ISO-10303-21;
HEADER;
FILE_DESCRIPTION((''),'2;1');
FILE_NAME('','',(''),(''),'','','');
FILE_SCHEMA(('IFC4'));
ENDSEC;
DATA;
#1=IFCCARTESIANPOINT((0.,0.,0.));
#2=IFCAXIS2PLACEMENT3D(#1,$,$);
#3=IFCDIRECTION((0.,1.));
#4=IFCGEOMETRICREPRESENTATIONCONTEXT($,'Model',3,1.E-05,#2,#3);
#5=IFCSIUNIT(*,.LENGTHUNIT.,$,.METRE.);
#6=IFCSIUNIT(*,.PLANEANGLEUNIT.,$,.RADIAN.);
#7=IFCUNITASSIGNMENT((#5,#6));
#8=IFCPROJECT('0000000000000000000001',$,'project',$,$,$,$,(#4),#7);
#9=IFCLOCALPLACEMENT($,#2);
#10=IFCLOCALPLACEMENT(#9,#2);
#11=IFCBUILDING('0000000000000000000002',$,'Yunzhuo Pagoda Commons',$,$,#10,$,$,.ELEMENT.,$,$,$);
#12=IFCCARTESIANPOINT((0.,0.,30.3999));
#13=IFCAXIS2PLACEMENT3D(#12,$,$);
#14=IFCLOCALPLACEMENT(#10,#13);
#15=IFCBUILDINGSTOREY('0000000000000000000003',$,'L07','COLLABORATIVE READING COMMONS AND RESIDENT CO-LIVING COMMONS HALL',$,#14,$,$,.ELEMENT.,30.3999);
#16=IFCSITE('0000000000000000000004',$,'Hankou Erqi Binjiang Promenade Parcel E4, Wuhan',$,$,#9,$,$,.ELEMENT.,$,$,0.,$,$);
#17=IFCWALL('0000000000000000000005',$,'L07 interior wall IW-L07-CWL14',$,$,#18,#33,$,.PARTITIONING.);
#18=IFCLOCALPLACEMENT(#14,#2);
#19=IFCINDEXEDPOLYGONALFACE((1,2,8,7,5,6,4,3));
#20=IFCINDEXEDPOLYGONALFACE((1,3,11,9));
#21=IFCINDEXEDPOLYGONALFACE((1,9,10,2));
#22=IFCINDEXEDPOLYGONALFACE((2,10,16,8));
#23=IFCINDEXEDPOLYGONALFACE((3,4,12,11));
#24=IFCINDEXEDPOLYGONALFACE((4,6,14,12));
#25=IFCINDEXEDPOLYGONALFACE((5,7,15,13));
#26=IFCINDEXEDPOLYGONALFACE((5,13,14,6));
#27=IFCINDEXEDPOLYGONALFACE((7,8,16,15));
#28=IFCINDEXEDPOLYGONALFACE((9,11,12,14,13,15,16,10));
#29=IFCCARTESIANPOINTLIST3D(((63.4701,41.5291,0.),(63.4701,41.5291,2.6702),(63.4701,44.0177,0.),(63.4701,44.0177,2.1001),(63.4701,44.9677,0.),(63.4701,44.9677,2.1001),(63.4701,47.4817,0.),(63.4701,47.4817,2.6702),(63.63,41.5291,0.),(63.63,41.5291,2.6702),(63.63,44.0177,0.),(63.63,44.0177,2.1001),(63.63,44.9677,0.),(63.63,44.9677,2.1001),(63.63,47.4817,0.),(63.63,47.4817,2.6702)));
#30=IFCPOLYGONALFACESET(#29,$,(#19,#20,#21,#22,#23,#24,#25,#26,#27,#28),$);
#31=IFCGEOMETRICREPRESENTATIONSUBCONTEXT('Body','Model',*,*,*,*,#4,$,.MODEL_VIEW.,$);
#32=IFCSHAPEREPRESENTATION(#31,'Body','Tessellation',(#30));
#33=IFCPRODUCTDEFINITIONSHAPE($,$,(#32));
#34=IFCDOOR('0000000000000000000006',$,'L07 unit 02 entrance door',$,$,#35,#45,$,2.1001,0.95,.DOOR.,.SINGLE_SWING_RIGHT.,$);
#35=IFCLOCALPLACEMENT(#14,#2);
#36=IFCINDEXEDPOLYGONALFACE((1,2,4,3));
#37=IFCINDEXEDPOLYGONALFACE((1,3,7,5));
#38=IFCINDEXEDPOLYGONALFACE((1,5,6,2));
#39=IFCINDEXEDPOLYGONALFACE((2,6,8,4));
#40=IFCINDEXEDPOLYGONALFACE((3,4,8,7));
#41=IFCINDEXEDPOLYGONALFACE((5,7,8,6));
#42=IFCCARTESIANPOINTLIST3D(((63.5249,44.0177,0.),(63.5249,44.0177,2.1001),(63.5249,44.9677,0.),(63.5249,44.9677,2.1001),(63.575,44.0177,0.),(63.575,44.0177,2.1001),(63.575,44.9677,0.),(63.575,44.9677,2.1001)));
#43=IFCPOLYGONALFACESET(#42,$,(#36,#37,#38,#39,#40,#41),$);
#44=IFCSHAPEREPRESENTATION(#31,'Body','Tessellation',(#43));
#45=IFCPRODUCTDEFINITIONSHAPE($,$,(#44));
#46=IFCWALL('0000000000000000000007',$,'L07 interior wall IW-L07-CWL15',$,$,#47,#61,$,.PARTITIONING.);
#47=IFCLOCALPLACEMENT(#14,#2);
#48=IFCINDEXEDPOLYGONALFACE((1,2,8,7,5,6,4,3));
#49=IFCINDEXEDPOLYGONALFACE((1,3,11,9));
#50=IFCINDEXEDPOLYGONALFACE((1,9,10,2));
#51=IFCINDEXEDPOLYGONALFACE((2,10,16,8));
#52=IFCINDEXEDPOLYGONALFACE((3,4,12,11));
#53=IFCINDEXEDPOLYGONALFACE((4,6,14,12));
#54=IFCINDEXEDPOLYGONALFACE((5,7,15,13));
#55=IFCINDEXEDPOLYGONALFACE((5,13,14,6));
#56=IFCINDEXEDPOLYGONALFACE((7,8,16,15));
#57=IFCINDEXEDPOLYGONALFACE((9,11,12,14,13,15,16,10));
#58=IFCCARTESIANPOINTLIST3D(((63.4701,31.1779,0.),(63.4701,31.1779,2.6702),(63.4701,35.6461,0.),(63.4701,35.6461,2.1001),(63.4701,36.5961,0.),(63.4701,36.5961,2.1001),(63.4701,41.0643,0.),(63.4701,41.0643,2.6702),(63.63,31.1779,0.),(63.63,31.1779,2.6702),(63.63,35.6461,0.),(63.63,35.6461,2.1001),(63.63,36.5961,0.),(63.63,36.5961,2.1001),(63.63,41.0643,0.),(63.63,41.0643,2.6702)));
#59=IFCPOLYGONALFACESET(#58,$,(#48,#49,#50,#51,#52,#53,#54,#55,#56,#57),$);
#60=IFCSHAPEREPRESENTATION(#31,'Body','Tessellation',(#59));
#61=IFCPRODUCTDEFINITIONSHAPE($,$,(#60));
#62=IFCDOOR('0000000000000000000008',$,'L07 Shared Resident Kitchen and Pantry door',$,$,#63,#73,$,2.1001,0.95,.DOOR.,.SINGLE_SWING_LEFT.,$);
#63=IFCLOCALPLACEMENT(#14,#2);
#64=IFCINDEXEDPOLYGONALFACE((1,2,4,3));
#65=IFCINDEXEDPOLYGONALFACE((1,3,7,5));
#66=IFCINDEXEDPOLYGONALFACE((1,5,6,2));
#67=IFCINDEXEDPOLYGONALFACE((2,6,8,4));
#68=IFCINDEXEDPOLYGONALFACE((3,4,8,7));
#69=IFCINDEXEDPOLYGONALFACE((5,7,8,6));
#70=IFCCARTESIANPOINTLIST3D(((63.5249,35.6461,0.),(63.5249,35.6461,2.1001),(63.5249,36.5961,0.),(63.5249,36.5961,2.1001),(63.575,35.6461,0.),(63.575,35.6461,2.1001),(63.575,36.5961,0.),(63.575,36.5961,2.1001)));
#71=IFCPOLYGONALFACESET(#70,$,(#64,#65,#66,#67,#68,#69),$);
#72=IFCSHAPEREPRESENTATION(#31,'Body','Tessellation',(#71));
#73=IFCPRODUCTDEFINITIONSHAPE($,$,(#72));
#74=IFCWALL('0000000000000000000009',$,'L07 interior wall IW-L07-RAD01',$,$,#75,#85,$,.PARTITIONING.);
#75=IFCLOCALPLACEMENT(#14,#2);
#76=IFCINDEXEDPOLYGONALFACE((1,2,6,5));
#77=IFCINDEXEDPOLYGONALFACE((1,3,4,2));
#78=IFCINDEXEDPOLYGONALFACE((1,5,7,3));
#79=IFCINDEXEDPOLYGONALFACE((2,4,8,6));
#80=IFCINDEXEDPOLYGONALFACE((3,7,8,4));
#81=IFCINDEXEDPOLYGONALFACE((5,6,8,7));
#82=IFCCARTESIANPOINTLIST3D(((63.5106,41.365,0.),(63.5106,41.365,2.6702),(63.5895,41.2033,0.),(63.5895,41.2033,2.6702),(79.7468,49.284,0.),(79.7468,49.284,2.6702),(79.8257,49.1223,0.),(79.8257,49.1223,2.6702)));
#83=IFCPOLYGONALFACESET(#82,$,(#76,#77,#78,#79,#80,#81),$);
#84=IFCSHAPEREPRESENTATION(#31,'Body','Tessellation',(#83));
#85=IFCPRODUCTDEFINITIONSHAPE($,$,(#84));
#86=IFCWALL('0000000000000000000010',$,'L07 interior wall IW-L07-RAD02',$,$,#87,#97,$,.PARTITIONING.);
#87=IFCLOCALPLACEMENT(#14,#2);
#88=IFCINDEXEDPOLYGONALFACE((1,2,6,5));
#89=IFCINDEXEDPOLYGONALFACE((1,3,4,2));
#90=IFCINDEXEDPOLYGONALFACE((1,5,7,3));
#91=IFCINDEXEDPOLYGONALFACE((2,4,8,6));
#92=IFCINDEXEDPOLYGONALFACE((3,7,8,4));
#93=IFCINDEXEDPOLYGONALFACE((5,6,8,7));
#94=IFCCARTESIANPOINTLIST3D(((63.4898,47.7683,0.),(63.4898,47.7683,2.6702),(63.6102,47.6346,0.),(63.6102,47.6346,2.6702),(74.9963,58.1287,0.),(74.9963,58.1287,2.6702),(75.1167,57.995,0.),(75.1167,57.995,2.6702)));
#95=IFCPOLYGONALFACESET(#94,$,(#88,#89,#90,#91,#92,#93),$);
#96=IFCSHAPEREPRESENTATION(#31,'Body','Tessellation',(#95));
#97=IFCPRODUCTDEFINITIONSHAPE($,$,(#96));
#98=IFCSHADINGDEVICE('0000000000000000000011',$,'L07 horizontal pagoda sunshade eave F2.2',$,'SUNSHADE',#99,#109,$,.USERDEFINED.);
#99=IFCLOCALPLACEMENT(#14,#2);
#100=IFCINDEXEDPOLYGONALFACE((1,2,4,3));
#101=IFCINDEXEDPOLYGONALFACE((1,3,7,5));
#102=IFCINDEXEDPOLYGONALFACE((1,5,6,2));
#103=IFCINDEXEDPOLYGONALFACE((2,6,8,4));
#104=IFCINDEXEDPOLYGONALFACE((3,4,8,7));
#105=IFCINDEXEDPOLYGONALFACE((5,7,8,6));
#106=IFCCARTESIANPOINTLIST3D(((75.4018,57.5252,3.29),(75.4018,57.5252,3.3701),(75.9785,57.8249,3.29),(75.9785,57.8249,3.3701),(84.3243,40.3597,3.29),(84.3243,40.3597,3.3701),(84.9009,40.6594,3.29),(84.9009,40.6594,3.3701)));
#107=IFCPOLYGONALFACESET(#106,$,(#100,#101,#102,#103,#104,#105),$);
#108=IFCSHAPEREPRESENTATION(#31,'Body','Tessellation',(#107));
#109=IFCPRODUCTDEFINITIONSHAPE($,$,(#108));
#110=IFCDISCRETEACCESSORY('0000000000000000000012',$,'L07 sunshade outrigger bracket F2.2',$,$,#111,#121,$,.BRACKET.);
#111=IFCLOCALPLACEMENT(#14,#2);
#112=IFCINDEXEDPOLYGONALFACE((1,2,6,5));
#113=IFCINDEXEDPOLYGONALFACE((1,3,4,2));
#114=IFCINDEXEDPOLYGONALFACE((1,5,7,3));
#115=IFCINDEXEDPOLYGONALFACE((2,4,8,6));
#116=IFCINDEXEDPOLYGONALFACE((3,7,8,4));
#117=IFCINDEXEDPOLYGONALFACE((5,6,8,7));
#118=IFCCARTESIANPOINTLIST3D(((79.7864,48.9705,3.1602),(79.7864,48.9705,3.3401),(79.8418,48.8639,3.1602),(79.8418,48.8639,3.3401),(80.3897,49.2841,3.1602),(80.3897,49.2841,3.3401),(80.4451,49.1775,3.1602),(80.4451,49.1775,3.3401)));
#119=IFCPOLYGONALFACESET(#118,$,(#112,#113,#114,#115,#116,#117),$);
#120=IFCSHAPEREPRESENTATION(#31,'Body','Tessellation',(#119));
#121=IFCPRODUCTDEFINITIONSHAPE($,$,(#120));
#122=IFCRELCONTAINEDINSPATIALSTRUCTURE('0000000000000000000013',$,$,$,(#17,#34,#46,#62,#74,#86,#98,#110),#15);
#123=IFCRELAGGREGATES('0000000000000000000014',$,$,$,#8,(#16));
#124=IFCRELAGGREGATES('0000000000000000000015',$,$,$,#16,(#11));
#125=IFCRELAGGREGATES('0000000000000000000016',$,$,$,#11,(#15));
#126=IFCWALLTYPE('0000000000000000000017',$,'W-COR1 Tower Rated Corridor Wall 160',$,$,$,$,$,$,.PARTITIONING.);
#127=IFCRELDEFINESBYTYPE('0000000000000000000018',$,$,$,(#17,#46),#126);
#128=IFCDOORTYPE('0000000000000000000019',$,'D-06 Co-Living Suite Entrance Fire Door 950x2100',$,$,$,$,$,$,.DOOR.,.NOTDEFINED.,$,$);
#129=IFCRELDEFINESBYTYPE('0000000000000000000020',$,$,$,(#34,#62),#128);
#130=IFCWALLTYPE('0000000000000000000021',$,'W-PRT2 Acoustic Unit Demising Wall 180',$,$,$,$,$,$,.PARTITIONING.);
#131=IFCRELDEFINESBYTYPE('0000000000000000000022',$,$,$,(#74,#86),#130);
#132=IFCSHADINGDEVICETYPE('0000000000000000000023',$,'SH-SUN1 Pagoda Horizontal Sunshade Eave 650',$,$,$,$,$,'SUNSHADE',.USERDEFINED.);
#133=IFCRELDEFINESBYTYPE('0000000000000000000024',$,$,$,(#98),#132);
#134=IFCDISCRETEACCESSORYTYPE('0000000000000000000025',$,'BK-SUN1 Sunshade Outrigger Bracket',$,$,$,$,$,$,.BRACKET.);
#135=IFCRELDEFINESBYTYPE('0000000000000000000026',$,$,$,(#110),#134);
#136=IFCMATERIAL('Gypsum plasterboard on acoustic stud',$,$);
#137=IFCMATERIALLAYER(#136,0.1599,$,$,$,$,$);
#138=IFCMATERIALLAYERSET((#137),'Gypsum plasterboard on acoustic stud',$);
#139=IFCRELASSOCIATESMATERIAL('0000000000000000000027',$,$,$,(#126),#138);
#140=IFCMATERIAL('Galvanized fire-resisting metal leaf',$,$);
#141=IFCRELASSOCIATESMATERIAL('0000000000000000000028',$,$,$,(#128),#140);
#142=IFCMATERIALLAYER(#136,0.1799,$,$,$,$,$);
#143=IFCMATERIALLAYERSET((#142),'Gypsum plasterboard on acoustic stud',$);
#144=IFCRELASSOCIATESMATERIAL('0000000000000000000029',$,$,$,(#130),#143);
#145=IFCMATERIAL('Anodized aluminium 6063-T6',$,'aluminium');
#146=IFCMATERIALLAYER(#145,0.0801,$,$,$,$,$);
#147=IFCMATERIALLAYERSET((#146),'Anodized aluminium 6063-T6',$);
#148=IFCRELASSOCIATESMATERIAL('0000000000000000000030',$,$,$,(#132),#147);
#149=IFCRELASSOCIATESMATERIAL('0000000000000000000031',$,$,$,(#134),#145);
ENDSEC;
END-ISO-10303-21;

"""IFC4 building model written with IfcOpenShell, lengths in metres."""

from ifc_helpers import new_model, si_unit, direction, frame, frame_2d, origin, origin_with_axes, origin_2d, place, context, subcontext, project, spatial, rectangle, extrude, source, transform, mapped, material, layer, layer_set, type_object, element, fill, save


model = new_model("IFC4")

# Units and contexts
model_context = context("Model", 3, precision=1e-05, world=origin(), true_north=direction((0.0, 1.0)))
body_context = subcontext(model_context, "Body", "Model", "MODEL_VIEW")
ifc_project = project(units=[si_unit("LENGTHUNIT", "METRE"), si_unit("PLANEANGLEUNIT", "RADIAN")], contexts=[model_context])

# Site, building, storey
site_placement = place(None, origin())
site = spatial("IfcSite", under=ifc_project, at=site_placement, Name="Hankou Erqi Binjiang Promenade Parcel E4, Wuhan", CompositionType="ELEMENT", RefElevation=0.0)
building_placement = place(site_placement, origin())
building = spatial("IfcBuilding", under=site, at=building_placement, Name="Yunzhuo Pagoda Commons", CompositionType="ELEMENT")
storey_placement = place(building_placement, frame((0.0, 0.0, 30.3999)))
storey = spatial("IfcBuildingStorey", under=building, at=storey_placement, Name="L07", Description="COLLABORATIVE READING COMMONS AND RESIDENT CO-LIVING COMMONS HALL", CompositionType="ELEMENT", Elevation=30.3999)

# Shared definitions
ifc_material_1 = material(Name="Anodized aluminium 6063-T6", Category="aluminium")

# Shared definitions
ifc_material_2 = material(Name="Gypsum plasterboard on acoustic stud")
ifc_layer_1 = layer(ifc_material_2, 0.1599)
ifc_layer_set_1 = layer_set([ifc_layer_1], Name="Gypsum plasterboard on acoustic stud")
wall_type_1 = type_object("IfcWallType", Name="W-COR1 Tower Rated Corridor Wall 160", PredefinedType="PARTITIONING", material=ifc_layer_set_1)

# Walls, openings, doors
wall_1_placement = place(storey_placement, frame((63.55, 47.4817, 0.0), z_axis=(0.0, 0.0, 1.0), x_axis=(0.0, -1.0, 0.0)))
wall_1 = element("IfcWall", 1, at=wall_1_placement, inside=storey, type_object=wall_type_1, Name="L07 interior wall IW-L07-CWL14", PredefinedType="PARTITIONING", context=body_context, shape_type="SweptSolid", body=[
    extrude(rectangle(XDim=5.9526, YDim=0.1599, at=frame_2d((2.9763, 0.0))), origin(), (0.0, 0.0, 1.0), 2.6702),
])
opening_1_placement = place(wall_1_placement, frame((2.5139, 0.0, 0.0)))
opening_1 = element("IfcOpeningElement", 2, at=opening_1_placement, cuts=wall_1, PredefinedType="OPENING", context=body_context, shape_type="SweptSolid", body=[
    extrude(rectangle(XDim=0.95, YDim=2.1001, at=frame_2d((0.4751, 1.05))), frame((0.0, 0.0898, 0.0), z_axis=(0.0, -1.0, 0.0), x_axis=(1.0, 0.0, 0.0)), (0.0, 0.0, 1.0), 0.1799),
])
ifc_material_3 = material(Name="Galvanized fire-resisting metal leaf")
door_type = type_object("IfcDoorType", Name="D-06 Co-Living Suite Entrance Fire Door 950x2100", OperationType="NOTDEFINED", PredefinedType="DOOR", material=ifc_material_3)
shared_shape_1 = source(origin(), body_context, "Body", "SweptSolid", [
    extrude(rectangle(XDim=0.95, YDim=2.1001, at=frame_2d((0.4751, 1.05))), frame((0.0, 0.0249, 0.0), z_axis=(0.0, -1.0, 0.0), x_axis=(1.0, 0.0, 0.0)), (0.0, 0.0, 1.0), 0.05),
])
door_1_placement = place(opening_1_placement, origin_with_axes())
door_1 = element("IfcDoor", 3, at=door_1_placement, inside=storey, type_object=door_type, Name="L07 unit 02 entrance door", OperationType="SINGLE_SWING_RIGHT", OverallHeight=2.1001, OverallWidth=0.95, PredefinedType="DOOR", context=body_context, shape_type="MappedRepresentation", body=[
    mapped(shared_shape_1, transform((0.0, 0.0, 0.0), scale=1.0)),
])
fill(opening_1, door_1)
wall_2_placement = place(storey_placement, frame((63.55, 41.0645, 0.0), z_axis=(0.0, 0.0, 1.0), x_axis=(0.0, -1.0, 0.0)))
wall_2 = element("IfcWall", 4, at=wall_2_placement, inside=storey, type_object=wall_type_1, Name="L07 interior wall IW-L07-CWL15", PredefinedType="PARTITIONING", context=body_context, shape_type="SweptSolid", body=[
    extrude(rectangle(XDim=9.8865, YDim=0.1599, at=frame_2d((4.9434, 0.0))), origin(), (0.0, 0.0, 1.0), 2.6702),
])
opening_2_placement = place(wall_2_placement, frame((4.4683, 0.0, 0.0)))
opening_2 = element("IfcOpeningElement", 5, at=opening_2_placement, cuts=wall_2, PredefinedType="OPENING", context=body_context, shape_type="SweptSolid", body=[
    extrude(rectangle(XDim=0.95, YDim=2.1001, at=frame_2d((0.4751, 1.05))), frame((0.0, 0.0898, 0.0), z_axis=(0.0, -1.0, 0.0), x_axis=(1.0, 0.0, 0.0)), (0.0, 0.0, 1.0), 0.1799),
])
door_2_placement = place(opening_2_placement, origin_with_axes())
door_2 = element("IfcDoor", 6, at=door_2_placement, inside=storey, type_object=door_type, Name="L07 Shared Resident Kitchen and Pantry door", OperationType="SINGLE_SWING_LEFT", OverallHeight=2.1001, OverallWidth=0.95, PredefinedType="DOOR", context=body_context, shape_type="MappedRepresentation", body=[
    mapped(shared_shape_1, transform((0.0, 0.0, 0.0), scale=1.0)),
])
fill(opening_2, door_2)

# Walls
ifc_layer_2 = layer(ifc_material_2, 0.1799)
ifc_layer_set_2 = layer_set([ifc_layer_2], Name="Gypsum plasterboard on acoustic stud")
wall_type_2 = type_object("IfcWallType", Name="W-PRT2 Acoustic Unit Demising Wall 180", PredefinedType="PARTITIONING", material=ifc_layer_set_2)
wall_3_placement = place(storey_placement, frame((63.55, 41.2842, 0.0), z_axis=(0.0, 0.0, 1.0), x_axis=(0.898792, 0.438375, 0.0)))
element("IfcWall", 7, at=wall_3_placement, inside=storey, type_object=wall_type_2, Name="L07 interior wall IW-L07-RAD01", PredefinedType="PARTITIONING", context=body_context, shape_type="SweptSolid", body=[
    extrude(rectangle(XDim=18.0645, YDim=0.1799, at=frame_2d((9.0322, 0.0))), origin(), (0.0, 0.0, 1.0), 2.6702),
])
wall_4_placement = place(storey_placement, frame((63.55, 47.7014, 0.0), z_axis=(0.0, 0.0, 1.0), x_axis=(0.743145, 0.66913, 0.0)))
element("IfcWall", 8, at=wall_4_placement, inside=storey, type_object=wall_type_2, Name="L07 interior wall IW-L07-RAD02", PredefinedType="PARTITIONING", context=body_context, shape_type="SweptSolid", body=[
    extrude(rectangle(XDim=15.4834, YDim=0.1799, at=frame_2d((7.7417, 0.0))), origin(), (0.0, 0.0, 1.0), 2.6702),
])

# Shading device
ifc_layer_3 = layer(ifc_material_1, 0.0801)
ifc_layer_set_3 = layer_set([ifc_layer_3], Name="Anodized aluminium 6063-T6")
shading_device_type = type_object("IfcShadingDeviceType", Name="SH-SUN1 Pagoda Horizontal Sunshade Eave 650", ElementType="SUNSHADE", PredefinedType="USERDEFINED", material=ifc_layer_set_3)
shared_shape_2 = source(origin(), body_context, "Body", "SweptSolid", [
    extrude(rectangle(XDim=19.3459, YDim=0.6499, at=origin_2d()), origin(), (0.0, 0.0, 1.0), 0.0801),
])
shading_device_placement = place(storey_placement, frame((80.1514, 49.0923, 3.29), z_axis=(0.0, 0.0, 1.0), x_axis=(-0.461207, 0.887293, 0.0)))
element("IfcShadingDevice", 9, at=shading_device_placement, inside=storey, type_object=shading_device_type, Name="L07 horizontal pagoda sunshade eave F2.2", ObjectType="SUNSHADE", PredefinedType="USERDEFINED", context=body_context, shape_type="MappedRepresentation", body=[
    mapped(shared_shape_2, transform((0.0, 0.0, 0.0), scale=1.0)),
])

# Discrete accessory
discrete_accessory_type = type_object("IfcDiscreteAccessoryType", Name="BK-SUN1 Sunshade Outrigger Bracket", PredefinedType="BRACKET", material=ifc_material_1)
shared_shape_3 = source(origin(), body_context, "Body", "SweptSolid", [
    extrude(rectangle(XDim=0.1201, YDim=0.6799, at=origin_2d()), origin(), (0.0, 0.0, 1.0), 0.1799),
])
discrete_accessory_placement = place(storey_placement, frame((80.1157, 49.074, 3.1602), z_axis=(0.0, 0.0, 1.0), x_axis=(-0.461207, 0.887293, 0.0)))
element("IfcDiscreteAccessory", 10, at=discrete_accessory_placement, inside=storey, type_object=discrete_accessory_type, Name="L07 sunshade outrigger bracket F2.2", PredefinedType="BRACKET", context=body_context, shape_type="MappedRepresentation", body=[
    mapped(shared_shape_3, transform((0.0, 0.0, 0.0), scale=1.0)),
])

save(model, "model.ifc")
